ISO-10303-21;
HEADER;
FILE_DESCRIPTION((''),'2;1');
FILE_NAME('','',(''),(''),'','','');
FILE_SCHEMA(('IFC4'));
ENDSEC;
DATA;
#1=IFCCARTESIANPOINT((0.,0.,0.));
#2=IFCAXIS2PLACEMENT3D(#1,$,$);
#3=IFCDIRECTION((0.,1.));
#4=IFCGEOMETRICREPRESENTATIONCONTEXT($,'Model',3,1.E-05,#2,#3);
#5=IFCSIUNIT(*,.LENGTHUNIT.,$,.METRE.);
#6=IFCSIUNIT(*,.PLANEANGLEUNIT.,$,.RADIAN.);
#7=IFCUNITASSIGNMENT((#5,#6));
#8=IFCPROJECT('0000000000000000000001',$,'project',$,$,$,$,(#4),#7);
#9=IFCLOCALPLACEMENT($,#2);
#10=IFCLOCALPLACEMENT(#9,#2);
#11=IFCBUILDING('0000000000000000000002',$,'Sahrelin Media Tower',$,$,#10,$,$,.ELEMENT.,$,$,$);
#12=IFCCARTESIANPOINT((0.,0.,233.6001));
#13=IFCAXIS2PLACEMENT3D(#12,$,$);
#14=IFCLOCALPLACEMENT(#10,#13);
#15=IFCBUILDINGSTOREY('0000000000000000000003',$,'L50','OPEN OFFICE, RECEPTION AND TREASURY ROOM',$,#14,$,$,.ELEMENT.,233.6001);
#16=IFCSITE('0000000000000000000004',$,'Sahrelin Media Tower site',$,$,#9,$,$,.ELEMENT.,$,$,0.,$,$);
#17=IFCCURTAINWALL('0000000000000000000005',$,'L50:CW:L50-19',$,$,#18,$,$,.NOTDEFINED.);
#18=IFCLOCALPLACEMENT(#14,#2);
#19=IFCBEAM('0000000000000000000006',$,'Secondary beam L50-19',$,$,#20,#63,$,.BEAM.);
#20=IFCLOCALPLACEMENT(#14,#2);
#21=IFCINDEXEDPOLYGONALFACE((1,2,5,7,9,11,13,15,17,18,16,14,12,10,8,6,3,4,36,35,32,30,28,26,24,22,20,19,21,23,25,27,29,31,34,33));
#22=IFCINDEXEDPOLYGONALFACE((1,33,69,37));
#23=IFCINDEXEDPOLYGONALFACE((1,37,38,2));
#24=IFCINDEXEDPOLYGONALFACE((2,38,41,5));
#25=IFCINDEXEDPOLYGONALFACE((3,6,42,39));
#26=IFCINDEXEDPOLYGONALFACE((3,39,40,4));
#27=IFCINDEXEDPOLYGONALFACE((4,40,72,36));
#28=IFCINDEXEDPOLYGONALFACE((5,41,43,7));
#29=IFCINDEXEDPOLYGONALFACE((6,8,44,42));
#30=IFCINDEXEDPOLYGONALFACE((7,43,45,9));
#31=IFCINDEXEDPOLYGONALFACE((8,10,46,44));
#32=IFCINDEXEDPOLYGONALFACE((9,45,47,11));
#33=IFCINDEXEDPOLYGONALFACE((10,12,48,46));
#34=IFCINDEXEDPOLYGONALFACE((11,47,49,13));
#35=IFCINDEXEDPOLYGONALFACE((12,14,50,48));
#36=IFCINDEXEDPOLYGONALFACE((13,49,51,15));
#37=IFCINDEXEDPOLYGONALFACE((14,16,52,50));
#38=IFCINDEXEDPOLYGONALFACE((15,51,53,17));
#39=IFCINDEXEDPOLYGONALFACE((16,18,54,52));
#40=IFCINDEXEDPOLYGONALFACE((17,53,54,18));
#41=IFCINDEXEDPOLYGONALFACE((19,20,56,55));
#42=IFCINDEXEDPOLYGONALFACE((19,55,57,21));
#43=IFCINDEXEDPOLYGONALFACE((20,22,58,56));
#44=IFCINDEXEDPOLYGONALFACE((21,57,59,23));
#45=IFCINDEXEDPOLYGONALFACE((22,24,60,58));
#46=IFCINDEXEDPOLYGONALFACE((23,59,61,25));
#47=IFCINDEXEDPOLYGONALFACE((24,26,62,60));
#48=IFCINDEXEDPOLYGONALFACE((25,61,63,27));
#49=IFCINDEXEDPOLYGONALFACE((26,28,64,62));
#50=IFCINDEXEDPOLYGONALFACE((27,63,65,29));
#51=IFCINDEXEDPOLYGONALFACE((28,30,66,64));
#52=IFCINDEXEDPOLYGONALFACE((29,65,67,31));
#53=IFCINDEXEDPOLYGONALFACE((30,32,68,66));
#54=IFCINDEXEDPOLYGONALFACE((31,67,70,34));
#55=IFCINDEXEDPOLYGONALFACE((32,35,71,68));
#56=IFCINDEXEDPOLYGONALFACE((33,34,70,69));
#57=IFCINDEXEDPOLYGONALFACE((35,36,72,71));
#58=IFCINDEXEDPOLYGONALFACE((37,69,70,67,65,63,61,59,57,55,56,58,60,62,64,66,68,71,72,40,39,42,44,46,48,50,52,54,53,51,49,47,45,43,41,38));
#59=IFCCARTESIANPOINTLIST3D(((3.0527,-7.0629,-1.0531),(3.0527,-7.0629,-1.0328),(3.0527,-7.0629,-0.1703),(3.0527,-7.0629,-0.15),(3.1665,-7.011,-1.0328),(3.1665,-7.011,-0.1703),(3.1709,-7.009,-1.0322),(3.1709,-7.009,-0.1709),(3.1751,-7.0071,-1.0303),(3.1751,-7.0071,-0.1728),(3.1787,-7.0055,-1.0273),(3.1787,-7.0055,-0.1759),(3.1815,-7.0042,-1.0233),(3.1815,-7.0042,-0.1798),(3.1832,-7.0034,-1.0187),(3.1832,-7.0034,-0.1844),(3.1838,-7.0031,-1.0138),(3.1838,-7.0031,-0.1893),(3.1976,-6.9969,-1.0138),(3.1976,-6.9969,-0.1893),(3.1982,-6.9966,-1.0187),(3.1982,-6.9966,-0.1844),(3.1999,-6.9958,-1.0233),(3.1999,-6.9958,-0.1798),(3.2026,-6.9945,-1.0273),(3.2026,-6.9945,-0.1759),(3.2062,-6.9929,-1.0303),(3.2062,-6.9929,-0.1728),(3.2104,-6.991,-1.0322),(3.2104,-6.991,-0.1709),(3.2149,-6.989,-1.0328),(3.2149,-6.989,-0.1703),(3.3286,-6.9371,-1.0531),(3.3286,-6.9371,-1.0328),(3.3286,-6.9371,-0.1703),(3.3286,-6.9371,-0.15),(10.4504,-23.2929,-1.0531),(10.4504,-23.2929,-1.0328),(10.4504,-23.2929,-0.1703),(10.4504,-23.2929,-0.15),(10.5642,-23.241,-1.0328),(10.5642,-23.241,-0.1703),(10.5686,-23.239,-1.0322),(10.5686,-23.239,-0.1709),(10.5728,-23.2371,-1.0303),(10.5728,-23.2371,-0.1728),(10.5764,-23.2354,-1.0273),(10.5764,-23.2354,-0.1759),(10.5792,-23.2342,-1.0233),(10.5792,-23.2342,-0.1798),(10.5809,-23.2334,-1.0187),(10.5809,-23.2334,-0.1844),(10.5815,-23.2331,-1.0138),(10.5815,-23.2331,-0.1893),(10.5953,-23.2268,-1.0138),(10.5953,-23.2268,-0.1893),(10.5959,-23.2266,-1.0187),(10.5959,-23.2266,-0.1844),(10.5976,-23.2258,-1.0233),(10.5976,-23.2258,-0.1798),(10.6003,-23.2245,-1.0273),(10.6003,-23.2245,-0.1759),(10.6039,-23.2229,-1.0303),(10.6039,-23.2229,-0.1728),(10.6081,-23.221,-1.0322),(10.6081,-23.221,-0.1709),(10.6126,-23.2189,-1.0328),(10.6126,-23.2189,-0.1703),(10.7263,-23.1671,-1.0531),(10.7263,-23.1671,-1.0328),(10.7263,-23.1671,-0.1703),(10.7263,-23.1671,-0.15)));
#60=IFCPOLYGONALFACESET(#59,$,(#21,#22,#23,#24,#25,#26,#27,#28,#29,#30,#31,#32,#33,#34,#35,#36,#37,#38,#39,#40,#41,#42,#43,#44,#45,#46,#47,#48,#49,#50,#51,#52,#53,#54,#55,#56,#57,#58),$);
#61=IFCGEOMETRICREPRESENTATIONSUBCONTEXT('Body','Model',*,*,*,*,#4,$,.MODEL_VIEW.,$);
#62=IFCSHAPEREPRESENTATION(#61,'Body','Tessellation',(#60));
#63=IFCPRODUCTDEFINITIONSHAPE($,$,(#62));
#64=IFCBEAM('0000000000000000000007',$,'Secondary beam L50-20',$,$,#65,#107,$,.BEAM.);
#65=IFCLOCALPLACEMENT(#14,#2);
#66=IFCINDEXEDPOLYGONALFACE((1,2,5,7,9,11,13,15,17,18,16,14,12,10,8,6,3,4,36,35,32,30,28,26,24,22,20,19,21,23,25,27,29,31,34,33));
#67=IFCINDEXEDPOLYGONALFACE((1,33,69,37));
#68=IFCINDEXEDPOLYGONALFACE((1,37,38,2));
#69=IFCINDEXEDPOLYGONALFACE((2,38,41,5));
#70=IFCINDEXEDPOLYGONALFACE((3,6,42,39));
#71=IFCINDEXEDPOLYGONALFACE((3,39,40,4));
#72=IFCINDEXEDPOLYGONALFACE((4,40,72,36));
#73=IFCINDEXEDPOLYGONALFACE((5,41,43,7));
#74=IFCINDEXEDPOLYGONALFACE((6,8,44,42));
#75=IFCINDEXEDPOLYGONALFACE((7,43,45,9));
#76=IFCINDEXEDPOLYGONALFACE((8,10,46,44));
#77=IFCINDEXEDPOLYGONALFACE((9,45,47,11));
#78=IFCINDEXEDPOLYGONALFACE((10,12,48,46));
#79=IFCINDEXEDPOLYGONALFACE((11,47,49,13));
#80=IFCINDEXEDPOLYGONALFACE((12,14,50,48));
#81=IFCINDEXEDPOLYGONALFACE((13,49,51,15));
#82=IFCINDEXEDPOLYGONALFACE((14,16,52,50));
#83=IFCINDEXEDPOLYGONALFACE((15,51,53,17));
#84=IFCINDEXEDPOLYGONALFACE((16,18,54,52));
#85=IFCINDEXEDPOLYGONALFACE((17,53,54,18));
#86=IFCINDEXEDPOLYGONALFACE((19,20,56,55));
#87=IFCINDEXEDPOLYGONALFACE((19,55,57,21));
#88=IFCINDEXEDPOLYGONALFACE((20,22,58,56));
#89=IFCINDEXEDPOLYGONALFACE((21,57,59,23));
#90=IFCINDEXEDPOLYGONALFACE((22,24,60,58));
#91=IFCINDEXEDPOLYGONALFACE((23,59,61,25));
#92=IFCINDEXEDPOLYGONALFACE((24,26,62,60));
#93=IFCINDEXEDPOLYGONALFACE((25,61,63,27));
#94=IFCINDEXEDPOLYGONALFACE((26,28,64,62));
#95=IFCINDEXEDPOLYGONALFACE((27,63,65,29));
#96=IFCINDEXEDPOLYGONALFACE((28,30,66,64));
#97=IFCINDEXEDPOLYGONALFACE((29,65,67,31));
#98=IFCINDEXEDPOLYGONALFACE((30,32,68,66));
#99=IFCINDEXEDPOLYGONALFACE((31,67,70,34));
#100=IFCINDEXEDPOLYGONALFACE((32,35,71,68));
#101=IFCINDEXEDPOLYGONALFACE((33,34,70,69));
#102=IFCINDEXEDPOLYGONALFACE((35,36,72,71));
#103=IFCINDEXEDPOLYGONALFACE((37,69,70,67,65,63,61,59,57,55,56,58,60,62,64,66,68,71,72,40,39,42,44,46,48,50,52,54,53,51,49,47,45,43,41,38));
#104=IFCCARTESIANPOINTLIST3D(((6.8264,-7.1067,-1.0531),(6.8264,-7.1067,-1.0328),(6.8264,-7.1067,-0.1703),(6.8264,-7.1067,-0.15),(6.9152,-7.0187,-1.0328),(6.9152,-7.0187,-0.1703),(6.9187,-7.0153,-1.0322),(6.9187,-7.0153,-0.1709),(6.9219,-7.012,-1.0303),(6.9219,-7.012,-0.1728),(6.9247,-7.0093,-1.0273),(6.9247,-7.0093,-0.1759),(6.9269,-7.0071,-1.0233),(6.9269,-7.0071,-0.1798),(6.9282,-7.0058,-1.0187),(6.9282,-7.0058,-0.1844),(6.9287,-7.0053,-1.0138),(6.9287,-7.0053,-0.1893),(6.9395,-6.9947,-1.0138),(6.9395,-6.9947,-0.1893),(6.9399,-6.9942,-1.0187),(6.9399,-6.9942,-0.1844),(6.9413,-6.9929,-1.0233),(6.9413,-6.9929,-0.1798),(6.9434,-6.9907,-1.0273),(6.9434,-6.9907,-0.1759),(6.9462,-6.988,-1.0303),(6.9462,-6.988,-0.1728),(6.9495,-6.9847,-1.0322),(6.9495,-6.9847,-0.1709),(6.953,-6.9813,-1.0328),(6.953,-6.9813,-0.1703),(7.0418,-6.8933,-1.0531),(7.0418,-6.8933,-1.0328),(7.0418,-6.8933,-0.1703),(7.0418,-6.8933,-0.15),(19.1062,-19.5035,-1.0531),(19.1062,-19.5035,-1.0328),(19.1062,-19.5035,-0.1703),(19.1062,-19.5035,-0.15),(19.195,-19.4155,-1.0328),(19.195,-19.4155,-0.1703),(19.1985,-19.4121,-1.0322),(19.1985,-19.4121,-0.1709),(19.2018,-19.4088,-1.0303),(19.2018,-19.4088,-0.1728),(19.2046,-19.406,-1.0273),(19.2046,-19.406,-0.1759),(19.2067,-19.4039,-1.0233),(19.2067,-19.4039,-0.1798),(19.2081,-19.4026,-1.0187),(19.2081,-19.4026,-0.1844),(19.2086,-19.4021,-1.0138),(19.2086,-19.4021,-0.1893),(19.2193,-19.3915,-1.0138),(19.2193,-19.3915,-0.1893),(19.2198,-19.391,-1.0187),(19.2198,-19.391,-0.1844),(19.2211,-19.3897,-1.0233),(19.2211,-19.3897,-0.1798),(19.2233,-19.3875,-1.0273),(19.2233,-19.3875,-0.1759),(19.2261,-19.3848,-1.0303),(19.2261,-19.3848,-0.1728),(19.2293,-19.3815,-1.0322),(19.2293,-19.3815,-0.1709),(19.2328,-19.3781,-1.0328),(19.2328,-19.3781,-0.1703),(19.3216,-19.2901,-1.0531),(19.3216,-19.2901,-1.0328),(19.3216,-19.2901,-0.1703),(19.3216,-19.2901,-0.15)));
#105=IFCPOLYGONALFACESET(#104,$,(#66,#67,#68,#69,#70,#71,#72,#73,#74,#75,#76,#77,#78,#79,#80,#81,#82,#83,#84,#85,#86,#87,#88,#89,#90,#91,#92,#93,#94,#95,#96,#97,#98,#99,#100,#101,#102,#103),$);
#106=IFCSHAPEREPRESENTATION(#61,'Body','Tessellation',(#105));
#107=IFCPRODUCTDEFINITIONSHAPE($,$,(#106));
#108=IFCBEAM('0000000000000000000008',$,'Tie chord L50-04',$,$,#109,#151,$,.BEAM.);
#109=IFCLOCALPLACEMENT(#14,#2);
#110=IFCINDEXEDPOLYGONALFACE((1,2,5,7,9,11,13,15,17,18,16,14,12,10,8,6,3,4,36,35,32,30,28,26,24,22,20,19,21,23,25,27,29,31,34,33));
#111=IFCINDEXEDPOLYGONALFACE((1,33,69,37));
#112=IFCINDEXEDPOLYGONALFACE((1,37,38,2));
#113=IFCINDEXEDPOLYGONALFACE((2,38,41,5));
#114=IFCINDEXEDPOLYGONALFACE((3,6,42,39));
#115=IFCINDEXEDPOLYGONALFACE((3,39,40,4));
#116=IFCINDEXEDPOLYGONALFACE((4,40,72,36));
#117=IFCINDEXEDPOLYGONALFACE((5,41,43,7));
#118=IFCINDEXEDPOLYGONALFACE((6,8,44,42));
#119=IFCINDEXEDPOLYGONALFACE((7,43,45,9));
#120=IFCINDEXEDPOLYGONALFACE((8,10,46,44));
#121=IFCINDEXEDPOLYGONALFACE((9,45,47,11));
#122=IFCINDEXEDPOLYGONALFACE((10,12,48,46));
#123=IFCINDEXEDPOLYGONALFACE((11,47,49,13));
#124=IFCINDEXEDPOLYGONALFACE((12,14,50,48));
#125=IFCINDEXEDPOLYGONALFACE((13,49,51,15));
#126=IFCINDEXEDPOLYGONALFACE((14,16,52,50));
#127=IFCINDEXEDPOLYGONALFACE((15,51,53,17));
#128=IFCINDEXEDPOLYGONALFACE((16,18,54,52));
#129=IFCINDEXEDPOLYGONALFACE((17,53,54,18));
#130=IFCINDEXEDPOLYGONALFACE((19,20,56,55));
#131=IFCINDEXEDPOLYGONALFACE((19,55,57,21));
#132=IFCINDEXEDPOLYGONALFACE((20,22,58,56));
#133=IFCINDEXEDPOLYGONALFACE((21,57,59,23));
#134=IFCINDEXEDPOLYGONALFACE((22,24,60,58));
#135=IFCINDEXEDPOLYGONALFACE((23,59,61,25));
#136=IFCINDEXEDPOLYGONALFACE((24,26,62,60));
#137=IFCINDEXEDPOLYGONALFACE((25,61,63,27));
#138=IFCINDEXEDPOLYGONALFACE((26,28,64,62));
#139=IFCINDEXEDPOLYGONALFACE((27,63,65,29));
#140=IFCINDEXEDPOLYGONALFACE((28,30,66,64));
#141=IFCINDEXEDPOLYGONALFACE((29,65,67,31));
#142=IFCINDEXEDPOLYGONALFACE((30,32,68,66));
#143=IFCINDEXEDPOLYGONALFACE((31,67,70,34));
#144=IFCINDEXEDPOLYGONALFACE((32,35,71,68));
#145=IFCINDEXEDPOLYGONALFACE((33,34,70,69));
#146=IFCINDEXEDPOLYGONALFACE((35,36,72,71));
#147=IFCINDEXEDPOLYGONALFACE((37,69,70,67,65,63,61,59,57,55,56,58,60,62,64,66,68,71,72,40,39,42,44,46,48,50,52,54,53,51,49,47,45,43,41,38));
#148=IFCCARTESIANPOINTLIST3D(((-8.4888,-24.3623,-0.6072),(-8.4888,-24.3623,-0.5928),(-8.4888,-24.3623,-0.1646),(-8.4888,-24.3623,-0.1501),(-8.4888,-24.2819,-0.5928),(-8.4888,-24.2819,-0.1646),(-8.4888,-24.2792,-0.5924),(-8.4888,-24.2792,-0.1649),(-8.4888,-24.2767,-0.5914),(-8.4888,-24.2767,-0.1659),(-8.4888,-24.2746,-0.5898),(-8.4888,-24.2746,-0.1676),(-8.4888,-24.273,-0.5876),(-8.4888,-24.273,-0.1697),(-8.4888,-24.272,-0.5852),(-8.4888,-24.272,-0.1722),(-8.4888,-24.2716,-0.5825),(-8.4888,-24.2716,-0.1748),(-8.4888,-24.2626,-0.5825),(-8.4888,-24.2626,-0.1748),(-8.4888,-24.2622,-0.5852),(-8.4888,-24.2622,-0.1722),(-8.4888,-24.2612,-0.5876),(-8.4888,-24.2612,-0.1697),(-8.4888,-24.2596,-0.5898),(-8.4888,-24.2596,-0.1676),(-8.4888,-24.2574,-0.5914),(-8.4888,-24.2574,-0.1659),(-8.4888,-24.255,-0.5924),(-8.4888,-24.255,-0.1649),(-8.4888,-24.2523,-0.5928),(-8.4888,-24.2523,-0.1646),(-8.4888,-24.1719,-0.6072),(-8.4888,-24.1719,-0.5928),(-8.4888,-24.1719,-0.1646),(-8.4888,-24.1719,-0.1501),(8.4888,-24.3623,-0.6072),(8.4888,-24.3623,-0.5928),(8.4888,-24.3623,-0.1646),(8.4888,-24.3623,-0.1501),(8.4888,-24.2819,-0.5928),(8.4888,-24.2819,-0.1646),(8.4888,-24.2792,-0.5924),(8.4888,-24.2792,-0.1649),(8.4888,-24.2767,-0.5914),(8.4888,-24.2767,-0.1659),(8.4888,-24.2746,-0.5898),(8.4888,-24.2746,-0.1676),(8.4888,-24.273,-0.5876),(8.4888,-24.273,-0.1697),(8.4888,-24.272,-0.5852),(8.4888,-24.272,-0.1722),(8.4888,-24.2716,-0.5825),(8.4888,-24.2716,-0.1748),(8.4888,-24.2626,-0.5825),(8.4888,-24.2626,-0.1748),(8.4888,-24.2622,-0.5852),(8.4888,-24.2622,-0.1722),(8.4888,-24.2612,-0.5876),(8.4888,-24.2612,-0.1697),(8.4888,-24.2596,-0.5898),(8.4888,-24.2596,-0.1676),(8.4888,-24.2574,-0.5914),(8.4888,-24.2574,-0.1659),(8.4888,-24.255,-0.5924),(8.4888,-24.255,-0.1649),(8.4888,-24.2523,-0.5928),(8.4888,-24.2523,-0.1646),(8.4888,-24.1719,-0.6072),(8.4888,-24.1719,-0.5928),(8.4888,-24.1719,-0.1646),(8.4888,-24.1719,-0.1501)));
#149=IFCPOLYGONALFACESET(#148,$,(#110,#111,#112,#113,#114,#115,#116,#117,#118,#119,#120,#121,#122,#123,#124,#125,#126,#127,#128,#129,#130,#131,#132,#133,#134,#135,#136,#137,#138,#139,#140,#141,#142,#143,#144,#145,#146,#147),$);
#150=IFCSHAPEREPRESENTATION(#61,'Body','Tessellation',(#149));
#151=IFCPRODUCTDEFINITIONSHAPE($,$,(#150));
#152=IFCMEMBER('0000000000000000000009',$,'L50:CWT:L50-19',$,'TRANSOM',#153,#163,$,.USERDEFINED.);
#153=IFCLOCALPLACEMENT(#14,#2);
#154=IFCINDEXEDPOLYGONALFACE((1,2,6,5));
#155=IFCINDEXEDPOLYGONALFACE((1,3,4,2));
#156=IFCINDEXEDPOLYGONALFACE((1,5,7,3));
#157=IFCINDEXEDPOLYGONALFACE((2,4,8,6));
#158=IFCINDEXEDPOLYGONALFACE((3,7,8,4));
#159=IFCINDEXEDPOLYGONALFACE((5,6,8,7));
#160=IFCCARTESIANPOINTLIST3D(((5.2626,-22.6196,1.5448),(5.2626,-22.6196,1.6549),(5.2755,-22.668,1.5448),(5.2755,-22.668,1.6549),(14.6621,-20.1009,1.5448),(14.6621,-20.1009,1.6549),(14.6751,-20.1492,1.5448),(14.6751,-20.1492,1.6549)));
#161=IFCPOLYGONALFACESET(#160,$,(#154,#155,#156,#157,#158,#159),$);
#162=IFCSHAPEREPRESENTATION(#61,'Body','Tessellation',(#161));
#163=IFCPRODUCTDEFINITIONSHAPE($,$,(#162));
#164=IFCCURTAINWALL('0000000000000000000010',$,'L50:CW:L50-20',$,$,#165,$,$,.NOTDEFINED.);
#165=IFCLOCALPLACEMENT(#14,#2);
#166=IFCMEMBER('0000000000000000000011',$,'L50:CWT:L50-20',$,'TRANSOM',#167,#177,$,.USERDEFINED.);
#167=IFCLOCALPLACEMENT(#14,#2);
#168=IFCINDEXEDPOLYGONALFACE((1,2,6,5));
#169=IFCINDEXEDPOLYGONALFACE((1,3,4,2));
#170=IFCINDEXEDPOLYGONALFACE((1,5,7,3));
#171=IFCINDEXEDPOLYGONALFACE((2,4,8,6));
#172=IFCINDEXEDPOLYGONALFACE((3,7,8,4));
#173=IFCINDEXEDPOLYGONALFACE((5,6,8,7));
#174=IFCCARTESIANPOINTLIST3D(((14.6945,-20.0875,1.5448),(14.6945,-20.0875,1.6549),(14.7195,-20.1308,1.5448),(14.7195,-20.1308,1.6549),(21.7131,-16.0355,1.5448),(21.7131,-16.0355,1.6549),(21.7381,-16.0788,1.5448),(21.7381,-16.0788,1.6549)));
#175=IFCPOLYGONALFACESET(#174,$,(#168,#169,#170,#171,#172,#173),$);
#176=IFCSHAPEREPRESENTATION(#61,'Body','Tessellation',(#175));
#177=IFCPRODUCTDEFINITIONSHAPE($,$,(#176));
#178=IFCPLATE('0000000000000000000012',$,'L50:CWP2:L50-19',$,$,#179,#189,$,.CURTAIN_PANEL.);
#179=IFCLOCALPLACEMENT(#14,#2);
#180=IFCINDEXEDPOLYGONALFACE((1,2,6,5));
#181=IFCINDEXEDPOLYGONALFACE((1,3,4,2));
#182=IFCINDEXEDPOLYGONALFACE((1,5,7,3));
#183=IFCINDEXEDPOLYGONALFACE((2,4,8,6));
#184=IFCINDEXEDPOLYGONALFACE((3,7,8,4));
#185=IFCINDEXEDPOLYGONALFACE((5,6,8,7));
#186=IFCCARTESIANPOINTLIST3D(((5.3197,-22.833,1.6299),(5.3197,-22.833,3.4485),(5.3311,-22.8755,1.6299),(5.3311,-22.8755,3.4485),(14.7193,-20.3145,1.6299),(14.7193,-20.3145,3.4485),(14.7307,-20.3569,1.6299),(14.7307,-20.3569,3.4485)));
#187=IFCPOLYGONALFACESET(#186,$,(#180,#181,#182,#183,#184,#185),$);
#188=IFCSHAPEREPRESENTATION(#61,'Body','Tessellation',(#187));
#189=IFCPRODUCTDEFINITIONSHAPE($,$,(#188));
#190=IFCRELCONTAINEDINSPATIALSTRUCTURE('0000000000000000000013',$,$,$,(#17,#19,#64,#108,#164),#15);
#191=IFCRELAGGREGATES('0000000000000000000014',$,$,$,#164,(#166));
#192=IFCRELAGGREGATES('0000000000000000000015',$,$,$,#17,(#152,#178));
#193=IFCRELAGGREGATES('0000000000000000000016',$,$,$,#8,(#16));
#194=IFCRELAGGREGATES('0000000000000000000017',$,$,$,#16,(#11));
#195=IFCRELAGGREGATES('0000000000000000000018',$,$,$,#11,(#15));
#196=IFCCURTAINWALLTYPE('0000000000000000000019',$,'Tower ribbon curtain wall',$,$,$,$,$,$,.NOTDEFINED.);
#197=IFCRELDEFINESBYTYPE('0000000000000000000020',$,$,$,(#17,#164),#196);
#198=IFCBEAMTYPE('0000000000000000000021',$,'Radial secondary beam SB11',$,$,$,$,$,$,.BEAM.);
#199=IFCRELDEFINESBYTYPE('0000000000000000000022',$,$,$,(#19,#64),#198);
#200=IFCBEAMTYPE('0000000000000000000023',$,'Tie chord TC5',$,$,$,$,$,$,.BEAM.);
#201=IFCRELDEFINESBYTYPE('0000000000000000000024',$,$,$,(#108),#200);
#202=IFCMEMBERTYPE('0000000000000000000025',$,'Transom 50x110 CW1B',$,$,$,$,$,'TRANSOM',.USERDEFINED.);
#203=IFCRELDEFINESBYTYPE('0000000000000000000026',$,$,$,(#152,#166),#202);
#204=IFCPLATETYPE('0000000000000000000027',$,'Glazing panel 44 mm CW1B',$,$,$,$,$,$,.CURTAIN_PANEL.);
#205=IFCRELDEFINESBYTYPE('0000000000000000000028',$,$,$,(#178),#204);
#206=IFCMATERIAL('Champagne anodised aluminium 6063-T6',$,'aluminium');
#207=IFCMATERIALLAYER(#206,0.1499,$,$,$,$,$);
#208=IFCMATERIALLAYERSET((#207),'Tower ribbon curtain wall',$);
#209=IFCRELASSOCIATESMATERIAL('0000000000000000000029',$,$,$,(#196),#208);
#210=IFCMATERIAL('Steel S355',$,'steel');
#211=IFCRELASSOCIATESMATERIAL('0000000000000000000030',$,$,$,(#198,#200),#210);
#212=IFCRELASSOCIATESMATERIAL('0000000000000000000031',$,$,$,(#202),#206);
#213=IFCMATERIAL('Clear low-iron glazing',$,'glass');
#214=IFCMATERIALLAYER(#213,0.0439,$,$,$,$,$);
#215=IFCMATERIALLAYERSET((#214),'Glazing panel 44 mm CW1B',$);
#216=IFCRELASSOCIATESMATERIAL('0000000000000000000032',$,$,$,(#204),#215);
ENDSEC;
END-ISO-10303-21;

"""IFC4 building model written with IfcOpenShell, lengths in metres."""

from ifc_helpers import new_model, si_unit, direction, frame, origin, origin_2d, place, context, subcontext, project, spatial, polyline, rectangle, i_section, outline, extrude, material, layer, layer_set, material_profile, profile_set, type_object, element, aggregate, save


model = new_model("IFC4")

# Units and contexts
model_context = context("Model", 3, precision=1e-05, world=origin(), true_north=direction((0.0, 1.0)))
body_context = subcontext(model_context, "Body", "Model", "MODEL_VIEW")
ifc_project = project(units=[si_unit("LENGTHUNIT", "METRE"), si_unit("PLANEANGLEUNIT", "RADIAN")], contexts=[model_context])

# Site, building, storey
site_placement = place(None, origin())
site = spatial("IfcSite", under=ifc_project, at=site_placement, Name="Sahrelin Media Tower site", CompositionType="ELEMENT", RefElevation=0.0)
building_placement = place(site_placement, origin())
building = spatial("IfcBuilding", under=site, at=building_placement, Name="Sahrelin Media Tower", CompositionType="ELEMENT")
storey_placement = place(building_placement, frame((0.0, 0.0, 233.6001)))
storey = spatial("IfcBuildingStorey", under=building, at=storey_placement, Name="L50", Description="OPEN OFFICE, RECEPTION AND TREASURY ROOM", CompositionType="ELEMENT", Elevation=233.6001)

# Shared definitions
ifc_material_1 = material(Name="Steel S355", Category="steel")

# Curtain wall
ifc_material_2 = material(Name="Champagne anodised aluminium 6063-T6", Category="aluminium")
ifc_layer_1 = layer(ifc_material_2, 0.1499)
ifc_layer_set_1 = layer_set([ifc_layer_1], Name="Tower ribbon curtain wall")
curtain_wall_type = type_object("IfcCurtainWallType", Name="Tower ribbon curtain wall", PredefinedType="NOTDEFINED", material=ifc_layer_set_1)
curtain_wall_1_placement = place(storey_placement, frame((10.0256, -21.5969, 0.0), z_axis=(0.0, 0.0, 1.0), x_axis=(1.0, 0.0, 0.0)))
curtain_wall_1 = element("IfcCurtainWall", 1, at=curtain_wall_1_placement, inside=storey, type_object=curtain_wall_type, Name="L50:CW:L50-19", PredefinedType="NOTDEFINED")

# Beams
ifc_material_profile_1 = material_profile(ifc_material_1, i_section(OverallWidth=0.3032, OverallDepth=0.9031, WebThickness=0.0151, FlangeThickness=0.0203, FilletRadius=0.019, at=origin_2d()), Name="UB 914x305x201")
ifc_profile_set_1 = profile_set([ifc_material_profile_1], Name="Steel S355")
beam_type_1 = type_object("IfcBeamType", Name="Radial secondary beam SB11", PredefinedType="BEAM", material=ifc_profile_set_1)
beam_1_placement = place(storey_placement, frame((3.1907, -7.0, -0.6016), z_axis=(0.414753, -0.909934, 0.0), x_axis=(0.909934, 0.414753, 0.0)))
element("IfcBeam", 2, at=beam_1_placement, inside=storey, type_object=beam_type_1, Name="Secondary beam L50-19", PredefinedType="BEAM", context=body_context, shape_type="SweptSolid", body=[
    extrude(i_section(OverallWidth=0.3032, OverallDepth=0.9031, WebThickness=0.0151, FlangeThickness=0.0203, FilletRadius=0.019, at=origin_2d()), origin(), (0.0, 0.0, 1.0), 17.8364),
])
beam_2_placement = place(storey_placement, frame((6.9341, -7.0, -0.6016), z_axis=(0.703748, -0.71045, 0.0), x_axis=(0.71045, 0.703748, 0.0)))
element("IfcBeam", 3, at=beam_2_placement, inside=storey, type_object=beam_type_1, Name="Secondary beam L50-20", PredefinedType="BEAM", context=body_context, shape_type="SweptSolid", body=[
    extrude(i_section(OverallWidth=0.3032, OverallDepth=0.9031, WebThickness=0.0151, FlangeThickness=0.0203, FilletRadius=0.019, at=origin_2d()), origin(), (0.0, 0.0, 1.0), 17.4492),
])
ifc_material_profile_2 = material_profile(ifc_material_1, i_section(OverallWidth=0.1904, OverallDepth=0.457, WebThickness=0.009, FlangeThickness=0.0144, FilletRadius=0.0103, at=origin_2d()), Name="UB 457x191x74")
ifc_profile_set_2 = profile_set([ifc_material_profile_2], Name="Steel S355")
beam_type_2 = type_object("IfcBeamType", Name="Tie chord TC5", PredefinedType="BEAM", material=ifc_profile_set_2)
beam_3_placement = place(storey_placement, frame((8.4888, -24.2671, -0.3787), z_axis=(-1.0, 0.0, 0.0), x_axis=(0.0, -1.0, 0.0)))
element("IfcBeam", 4, at=beam_3_placement, inside=storey, type_object=beam_type_2, Name="Tie chord L50-04", PredefinedType="BEAM", context=body_context, shape_type="SweptSolid", body=[
    extrude(i_section(OverallWidth=0.1904, OverallDepth=0.457, WebThickness=0.009, FlangeThickness=0.0144, FilletRadius=0.0103, at=origin_2d()), origin(), (0.0, 0.0, 1.0), 16.9775),
])

# Member
ifc_material_profile_3 = material_profile(ifc_material_2, rectangle(XDim=0.05, YDim=0.1101, at=origin_2d()), Name="Transom 50x110")
ifc_profile_set_3 = profile_set([ifc_material_profile_3], Name="Champagne anodised aluminium 6063-T6")
member_type_1 = type_object("IfcMemberType", Name="Transom 50x110 CW1B", ElementType="TRANSOM", PredefinedType="USERDEFINED", material=ifc_profile_set_3)
member_1_placement = place(storey_placement, frame((5.269, -22.6438, 1.5999), z_axis=(0.965922, 0.258835, 0.0), x_axis=(-0.258835, 0.965922, 0.0)))
member_1 = element("IfcMember", 5, at=member_1_placement, type_object=member_type_1, Name="L50:CWT:L50-19", ObjectType="TRANSOM", PredefinedType="USERDEFINED", context=body_context, shape_type="SweptSolid", body=[
    extrude(rectangle(XDim=0.05, YDim=0.1101, at=origin_2d()), origin(), (0.0, 0.0, 1.0), 9.7312),
])

# Curtain wall, member
curtain_wall_2_placement = place(storey_placement, frame((18.3264, -18.2737, 0.0), z_axis=(0.0, 0.0, 1.0), x_axis=(1.0, 0.0, 0.0)))
curtain_wall_2 = element("IfcCurtainWall", 6, at=curtain_wall_2_placement, inside=storey, type_object=curtain_wall_type, Name="L50:CW:L50-20", PredefinedType="NOTDEFINED")
member_2_placement = place(storey_placement, frame((14.707, -20.1091, 1.5999), z_axis=(0.866034, 0.499985, 0.0), x_axis=(-0.499985, 0.866034, 0.0)))
member_2 = element("IfcMember", 7, at=member_2_placement, type_object=member_type_1, Name="L50:CWT:L50-20", ObjectType="TRANSOM", PredefinedType="USERDEFINED", context=body_context, shape_type="SweptSolid", body=[
    extrude(rectangle(XDim=0.05, YDim=0.1101, at=origin_2d()), origin(), (0.0, 0.0, 1.0), 8.1042),
])
aggregate(curtain_wall_2, [member_2])

# Plate
ifc_material_3 = material(Name="Clear low-iron glazing", Category="glass")
ifc_layer_2 = layer(ifc_material_3, 0.0439)
ifc_layer_set_2 = layer_set([ifc_layer_2], Name="Glazing panel 44 mm CW1B")
plate_type_1 = type_object("IfcPlateType", Name="Glazing panel 44 mm CW1B", PredefinedType="CURTAIN_PANEL", material=ifc_layer_set_2)
plate_1_placement = place(storey_placement, frame((5.3311, -22.8755, 1.6299), z_axis=(0.258812, -0.965928, 0.0), x_axis=(0.965928, 0.258812, 0.0)))
plate_1 = element("IfcPlate", 8, at=plate_1_placement, type_object=plate_type_1, Name="L50:CWP2:L50-19", PredefinedType="CURTAIN_PANEL", context=body_context, shape_type="SweptSolid", body=[
    extrude(outline(polyline([(0.0, 0.0), (9.7312, 0.0), (9.7312, 1.8186), (0.0, 1.8186), (0.0, 0.0)])), origin(), (0.0, 0.0, -1.0), 0.0439),
])
aggregate(curtain_wall_1, [member_1, plate_1])

save(model, "model.ifc")
